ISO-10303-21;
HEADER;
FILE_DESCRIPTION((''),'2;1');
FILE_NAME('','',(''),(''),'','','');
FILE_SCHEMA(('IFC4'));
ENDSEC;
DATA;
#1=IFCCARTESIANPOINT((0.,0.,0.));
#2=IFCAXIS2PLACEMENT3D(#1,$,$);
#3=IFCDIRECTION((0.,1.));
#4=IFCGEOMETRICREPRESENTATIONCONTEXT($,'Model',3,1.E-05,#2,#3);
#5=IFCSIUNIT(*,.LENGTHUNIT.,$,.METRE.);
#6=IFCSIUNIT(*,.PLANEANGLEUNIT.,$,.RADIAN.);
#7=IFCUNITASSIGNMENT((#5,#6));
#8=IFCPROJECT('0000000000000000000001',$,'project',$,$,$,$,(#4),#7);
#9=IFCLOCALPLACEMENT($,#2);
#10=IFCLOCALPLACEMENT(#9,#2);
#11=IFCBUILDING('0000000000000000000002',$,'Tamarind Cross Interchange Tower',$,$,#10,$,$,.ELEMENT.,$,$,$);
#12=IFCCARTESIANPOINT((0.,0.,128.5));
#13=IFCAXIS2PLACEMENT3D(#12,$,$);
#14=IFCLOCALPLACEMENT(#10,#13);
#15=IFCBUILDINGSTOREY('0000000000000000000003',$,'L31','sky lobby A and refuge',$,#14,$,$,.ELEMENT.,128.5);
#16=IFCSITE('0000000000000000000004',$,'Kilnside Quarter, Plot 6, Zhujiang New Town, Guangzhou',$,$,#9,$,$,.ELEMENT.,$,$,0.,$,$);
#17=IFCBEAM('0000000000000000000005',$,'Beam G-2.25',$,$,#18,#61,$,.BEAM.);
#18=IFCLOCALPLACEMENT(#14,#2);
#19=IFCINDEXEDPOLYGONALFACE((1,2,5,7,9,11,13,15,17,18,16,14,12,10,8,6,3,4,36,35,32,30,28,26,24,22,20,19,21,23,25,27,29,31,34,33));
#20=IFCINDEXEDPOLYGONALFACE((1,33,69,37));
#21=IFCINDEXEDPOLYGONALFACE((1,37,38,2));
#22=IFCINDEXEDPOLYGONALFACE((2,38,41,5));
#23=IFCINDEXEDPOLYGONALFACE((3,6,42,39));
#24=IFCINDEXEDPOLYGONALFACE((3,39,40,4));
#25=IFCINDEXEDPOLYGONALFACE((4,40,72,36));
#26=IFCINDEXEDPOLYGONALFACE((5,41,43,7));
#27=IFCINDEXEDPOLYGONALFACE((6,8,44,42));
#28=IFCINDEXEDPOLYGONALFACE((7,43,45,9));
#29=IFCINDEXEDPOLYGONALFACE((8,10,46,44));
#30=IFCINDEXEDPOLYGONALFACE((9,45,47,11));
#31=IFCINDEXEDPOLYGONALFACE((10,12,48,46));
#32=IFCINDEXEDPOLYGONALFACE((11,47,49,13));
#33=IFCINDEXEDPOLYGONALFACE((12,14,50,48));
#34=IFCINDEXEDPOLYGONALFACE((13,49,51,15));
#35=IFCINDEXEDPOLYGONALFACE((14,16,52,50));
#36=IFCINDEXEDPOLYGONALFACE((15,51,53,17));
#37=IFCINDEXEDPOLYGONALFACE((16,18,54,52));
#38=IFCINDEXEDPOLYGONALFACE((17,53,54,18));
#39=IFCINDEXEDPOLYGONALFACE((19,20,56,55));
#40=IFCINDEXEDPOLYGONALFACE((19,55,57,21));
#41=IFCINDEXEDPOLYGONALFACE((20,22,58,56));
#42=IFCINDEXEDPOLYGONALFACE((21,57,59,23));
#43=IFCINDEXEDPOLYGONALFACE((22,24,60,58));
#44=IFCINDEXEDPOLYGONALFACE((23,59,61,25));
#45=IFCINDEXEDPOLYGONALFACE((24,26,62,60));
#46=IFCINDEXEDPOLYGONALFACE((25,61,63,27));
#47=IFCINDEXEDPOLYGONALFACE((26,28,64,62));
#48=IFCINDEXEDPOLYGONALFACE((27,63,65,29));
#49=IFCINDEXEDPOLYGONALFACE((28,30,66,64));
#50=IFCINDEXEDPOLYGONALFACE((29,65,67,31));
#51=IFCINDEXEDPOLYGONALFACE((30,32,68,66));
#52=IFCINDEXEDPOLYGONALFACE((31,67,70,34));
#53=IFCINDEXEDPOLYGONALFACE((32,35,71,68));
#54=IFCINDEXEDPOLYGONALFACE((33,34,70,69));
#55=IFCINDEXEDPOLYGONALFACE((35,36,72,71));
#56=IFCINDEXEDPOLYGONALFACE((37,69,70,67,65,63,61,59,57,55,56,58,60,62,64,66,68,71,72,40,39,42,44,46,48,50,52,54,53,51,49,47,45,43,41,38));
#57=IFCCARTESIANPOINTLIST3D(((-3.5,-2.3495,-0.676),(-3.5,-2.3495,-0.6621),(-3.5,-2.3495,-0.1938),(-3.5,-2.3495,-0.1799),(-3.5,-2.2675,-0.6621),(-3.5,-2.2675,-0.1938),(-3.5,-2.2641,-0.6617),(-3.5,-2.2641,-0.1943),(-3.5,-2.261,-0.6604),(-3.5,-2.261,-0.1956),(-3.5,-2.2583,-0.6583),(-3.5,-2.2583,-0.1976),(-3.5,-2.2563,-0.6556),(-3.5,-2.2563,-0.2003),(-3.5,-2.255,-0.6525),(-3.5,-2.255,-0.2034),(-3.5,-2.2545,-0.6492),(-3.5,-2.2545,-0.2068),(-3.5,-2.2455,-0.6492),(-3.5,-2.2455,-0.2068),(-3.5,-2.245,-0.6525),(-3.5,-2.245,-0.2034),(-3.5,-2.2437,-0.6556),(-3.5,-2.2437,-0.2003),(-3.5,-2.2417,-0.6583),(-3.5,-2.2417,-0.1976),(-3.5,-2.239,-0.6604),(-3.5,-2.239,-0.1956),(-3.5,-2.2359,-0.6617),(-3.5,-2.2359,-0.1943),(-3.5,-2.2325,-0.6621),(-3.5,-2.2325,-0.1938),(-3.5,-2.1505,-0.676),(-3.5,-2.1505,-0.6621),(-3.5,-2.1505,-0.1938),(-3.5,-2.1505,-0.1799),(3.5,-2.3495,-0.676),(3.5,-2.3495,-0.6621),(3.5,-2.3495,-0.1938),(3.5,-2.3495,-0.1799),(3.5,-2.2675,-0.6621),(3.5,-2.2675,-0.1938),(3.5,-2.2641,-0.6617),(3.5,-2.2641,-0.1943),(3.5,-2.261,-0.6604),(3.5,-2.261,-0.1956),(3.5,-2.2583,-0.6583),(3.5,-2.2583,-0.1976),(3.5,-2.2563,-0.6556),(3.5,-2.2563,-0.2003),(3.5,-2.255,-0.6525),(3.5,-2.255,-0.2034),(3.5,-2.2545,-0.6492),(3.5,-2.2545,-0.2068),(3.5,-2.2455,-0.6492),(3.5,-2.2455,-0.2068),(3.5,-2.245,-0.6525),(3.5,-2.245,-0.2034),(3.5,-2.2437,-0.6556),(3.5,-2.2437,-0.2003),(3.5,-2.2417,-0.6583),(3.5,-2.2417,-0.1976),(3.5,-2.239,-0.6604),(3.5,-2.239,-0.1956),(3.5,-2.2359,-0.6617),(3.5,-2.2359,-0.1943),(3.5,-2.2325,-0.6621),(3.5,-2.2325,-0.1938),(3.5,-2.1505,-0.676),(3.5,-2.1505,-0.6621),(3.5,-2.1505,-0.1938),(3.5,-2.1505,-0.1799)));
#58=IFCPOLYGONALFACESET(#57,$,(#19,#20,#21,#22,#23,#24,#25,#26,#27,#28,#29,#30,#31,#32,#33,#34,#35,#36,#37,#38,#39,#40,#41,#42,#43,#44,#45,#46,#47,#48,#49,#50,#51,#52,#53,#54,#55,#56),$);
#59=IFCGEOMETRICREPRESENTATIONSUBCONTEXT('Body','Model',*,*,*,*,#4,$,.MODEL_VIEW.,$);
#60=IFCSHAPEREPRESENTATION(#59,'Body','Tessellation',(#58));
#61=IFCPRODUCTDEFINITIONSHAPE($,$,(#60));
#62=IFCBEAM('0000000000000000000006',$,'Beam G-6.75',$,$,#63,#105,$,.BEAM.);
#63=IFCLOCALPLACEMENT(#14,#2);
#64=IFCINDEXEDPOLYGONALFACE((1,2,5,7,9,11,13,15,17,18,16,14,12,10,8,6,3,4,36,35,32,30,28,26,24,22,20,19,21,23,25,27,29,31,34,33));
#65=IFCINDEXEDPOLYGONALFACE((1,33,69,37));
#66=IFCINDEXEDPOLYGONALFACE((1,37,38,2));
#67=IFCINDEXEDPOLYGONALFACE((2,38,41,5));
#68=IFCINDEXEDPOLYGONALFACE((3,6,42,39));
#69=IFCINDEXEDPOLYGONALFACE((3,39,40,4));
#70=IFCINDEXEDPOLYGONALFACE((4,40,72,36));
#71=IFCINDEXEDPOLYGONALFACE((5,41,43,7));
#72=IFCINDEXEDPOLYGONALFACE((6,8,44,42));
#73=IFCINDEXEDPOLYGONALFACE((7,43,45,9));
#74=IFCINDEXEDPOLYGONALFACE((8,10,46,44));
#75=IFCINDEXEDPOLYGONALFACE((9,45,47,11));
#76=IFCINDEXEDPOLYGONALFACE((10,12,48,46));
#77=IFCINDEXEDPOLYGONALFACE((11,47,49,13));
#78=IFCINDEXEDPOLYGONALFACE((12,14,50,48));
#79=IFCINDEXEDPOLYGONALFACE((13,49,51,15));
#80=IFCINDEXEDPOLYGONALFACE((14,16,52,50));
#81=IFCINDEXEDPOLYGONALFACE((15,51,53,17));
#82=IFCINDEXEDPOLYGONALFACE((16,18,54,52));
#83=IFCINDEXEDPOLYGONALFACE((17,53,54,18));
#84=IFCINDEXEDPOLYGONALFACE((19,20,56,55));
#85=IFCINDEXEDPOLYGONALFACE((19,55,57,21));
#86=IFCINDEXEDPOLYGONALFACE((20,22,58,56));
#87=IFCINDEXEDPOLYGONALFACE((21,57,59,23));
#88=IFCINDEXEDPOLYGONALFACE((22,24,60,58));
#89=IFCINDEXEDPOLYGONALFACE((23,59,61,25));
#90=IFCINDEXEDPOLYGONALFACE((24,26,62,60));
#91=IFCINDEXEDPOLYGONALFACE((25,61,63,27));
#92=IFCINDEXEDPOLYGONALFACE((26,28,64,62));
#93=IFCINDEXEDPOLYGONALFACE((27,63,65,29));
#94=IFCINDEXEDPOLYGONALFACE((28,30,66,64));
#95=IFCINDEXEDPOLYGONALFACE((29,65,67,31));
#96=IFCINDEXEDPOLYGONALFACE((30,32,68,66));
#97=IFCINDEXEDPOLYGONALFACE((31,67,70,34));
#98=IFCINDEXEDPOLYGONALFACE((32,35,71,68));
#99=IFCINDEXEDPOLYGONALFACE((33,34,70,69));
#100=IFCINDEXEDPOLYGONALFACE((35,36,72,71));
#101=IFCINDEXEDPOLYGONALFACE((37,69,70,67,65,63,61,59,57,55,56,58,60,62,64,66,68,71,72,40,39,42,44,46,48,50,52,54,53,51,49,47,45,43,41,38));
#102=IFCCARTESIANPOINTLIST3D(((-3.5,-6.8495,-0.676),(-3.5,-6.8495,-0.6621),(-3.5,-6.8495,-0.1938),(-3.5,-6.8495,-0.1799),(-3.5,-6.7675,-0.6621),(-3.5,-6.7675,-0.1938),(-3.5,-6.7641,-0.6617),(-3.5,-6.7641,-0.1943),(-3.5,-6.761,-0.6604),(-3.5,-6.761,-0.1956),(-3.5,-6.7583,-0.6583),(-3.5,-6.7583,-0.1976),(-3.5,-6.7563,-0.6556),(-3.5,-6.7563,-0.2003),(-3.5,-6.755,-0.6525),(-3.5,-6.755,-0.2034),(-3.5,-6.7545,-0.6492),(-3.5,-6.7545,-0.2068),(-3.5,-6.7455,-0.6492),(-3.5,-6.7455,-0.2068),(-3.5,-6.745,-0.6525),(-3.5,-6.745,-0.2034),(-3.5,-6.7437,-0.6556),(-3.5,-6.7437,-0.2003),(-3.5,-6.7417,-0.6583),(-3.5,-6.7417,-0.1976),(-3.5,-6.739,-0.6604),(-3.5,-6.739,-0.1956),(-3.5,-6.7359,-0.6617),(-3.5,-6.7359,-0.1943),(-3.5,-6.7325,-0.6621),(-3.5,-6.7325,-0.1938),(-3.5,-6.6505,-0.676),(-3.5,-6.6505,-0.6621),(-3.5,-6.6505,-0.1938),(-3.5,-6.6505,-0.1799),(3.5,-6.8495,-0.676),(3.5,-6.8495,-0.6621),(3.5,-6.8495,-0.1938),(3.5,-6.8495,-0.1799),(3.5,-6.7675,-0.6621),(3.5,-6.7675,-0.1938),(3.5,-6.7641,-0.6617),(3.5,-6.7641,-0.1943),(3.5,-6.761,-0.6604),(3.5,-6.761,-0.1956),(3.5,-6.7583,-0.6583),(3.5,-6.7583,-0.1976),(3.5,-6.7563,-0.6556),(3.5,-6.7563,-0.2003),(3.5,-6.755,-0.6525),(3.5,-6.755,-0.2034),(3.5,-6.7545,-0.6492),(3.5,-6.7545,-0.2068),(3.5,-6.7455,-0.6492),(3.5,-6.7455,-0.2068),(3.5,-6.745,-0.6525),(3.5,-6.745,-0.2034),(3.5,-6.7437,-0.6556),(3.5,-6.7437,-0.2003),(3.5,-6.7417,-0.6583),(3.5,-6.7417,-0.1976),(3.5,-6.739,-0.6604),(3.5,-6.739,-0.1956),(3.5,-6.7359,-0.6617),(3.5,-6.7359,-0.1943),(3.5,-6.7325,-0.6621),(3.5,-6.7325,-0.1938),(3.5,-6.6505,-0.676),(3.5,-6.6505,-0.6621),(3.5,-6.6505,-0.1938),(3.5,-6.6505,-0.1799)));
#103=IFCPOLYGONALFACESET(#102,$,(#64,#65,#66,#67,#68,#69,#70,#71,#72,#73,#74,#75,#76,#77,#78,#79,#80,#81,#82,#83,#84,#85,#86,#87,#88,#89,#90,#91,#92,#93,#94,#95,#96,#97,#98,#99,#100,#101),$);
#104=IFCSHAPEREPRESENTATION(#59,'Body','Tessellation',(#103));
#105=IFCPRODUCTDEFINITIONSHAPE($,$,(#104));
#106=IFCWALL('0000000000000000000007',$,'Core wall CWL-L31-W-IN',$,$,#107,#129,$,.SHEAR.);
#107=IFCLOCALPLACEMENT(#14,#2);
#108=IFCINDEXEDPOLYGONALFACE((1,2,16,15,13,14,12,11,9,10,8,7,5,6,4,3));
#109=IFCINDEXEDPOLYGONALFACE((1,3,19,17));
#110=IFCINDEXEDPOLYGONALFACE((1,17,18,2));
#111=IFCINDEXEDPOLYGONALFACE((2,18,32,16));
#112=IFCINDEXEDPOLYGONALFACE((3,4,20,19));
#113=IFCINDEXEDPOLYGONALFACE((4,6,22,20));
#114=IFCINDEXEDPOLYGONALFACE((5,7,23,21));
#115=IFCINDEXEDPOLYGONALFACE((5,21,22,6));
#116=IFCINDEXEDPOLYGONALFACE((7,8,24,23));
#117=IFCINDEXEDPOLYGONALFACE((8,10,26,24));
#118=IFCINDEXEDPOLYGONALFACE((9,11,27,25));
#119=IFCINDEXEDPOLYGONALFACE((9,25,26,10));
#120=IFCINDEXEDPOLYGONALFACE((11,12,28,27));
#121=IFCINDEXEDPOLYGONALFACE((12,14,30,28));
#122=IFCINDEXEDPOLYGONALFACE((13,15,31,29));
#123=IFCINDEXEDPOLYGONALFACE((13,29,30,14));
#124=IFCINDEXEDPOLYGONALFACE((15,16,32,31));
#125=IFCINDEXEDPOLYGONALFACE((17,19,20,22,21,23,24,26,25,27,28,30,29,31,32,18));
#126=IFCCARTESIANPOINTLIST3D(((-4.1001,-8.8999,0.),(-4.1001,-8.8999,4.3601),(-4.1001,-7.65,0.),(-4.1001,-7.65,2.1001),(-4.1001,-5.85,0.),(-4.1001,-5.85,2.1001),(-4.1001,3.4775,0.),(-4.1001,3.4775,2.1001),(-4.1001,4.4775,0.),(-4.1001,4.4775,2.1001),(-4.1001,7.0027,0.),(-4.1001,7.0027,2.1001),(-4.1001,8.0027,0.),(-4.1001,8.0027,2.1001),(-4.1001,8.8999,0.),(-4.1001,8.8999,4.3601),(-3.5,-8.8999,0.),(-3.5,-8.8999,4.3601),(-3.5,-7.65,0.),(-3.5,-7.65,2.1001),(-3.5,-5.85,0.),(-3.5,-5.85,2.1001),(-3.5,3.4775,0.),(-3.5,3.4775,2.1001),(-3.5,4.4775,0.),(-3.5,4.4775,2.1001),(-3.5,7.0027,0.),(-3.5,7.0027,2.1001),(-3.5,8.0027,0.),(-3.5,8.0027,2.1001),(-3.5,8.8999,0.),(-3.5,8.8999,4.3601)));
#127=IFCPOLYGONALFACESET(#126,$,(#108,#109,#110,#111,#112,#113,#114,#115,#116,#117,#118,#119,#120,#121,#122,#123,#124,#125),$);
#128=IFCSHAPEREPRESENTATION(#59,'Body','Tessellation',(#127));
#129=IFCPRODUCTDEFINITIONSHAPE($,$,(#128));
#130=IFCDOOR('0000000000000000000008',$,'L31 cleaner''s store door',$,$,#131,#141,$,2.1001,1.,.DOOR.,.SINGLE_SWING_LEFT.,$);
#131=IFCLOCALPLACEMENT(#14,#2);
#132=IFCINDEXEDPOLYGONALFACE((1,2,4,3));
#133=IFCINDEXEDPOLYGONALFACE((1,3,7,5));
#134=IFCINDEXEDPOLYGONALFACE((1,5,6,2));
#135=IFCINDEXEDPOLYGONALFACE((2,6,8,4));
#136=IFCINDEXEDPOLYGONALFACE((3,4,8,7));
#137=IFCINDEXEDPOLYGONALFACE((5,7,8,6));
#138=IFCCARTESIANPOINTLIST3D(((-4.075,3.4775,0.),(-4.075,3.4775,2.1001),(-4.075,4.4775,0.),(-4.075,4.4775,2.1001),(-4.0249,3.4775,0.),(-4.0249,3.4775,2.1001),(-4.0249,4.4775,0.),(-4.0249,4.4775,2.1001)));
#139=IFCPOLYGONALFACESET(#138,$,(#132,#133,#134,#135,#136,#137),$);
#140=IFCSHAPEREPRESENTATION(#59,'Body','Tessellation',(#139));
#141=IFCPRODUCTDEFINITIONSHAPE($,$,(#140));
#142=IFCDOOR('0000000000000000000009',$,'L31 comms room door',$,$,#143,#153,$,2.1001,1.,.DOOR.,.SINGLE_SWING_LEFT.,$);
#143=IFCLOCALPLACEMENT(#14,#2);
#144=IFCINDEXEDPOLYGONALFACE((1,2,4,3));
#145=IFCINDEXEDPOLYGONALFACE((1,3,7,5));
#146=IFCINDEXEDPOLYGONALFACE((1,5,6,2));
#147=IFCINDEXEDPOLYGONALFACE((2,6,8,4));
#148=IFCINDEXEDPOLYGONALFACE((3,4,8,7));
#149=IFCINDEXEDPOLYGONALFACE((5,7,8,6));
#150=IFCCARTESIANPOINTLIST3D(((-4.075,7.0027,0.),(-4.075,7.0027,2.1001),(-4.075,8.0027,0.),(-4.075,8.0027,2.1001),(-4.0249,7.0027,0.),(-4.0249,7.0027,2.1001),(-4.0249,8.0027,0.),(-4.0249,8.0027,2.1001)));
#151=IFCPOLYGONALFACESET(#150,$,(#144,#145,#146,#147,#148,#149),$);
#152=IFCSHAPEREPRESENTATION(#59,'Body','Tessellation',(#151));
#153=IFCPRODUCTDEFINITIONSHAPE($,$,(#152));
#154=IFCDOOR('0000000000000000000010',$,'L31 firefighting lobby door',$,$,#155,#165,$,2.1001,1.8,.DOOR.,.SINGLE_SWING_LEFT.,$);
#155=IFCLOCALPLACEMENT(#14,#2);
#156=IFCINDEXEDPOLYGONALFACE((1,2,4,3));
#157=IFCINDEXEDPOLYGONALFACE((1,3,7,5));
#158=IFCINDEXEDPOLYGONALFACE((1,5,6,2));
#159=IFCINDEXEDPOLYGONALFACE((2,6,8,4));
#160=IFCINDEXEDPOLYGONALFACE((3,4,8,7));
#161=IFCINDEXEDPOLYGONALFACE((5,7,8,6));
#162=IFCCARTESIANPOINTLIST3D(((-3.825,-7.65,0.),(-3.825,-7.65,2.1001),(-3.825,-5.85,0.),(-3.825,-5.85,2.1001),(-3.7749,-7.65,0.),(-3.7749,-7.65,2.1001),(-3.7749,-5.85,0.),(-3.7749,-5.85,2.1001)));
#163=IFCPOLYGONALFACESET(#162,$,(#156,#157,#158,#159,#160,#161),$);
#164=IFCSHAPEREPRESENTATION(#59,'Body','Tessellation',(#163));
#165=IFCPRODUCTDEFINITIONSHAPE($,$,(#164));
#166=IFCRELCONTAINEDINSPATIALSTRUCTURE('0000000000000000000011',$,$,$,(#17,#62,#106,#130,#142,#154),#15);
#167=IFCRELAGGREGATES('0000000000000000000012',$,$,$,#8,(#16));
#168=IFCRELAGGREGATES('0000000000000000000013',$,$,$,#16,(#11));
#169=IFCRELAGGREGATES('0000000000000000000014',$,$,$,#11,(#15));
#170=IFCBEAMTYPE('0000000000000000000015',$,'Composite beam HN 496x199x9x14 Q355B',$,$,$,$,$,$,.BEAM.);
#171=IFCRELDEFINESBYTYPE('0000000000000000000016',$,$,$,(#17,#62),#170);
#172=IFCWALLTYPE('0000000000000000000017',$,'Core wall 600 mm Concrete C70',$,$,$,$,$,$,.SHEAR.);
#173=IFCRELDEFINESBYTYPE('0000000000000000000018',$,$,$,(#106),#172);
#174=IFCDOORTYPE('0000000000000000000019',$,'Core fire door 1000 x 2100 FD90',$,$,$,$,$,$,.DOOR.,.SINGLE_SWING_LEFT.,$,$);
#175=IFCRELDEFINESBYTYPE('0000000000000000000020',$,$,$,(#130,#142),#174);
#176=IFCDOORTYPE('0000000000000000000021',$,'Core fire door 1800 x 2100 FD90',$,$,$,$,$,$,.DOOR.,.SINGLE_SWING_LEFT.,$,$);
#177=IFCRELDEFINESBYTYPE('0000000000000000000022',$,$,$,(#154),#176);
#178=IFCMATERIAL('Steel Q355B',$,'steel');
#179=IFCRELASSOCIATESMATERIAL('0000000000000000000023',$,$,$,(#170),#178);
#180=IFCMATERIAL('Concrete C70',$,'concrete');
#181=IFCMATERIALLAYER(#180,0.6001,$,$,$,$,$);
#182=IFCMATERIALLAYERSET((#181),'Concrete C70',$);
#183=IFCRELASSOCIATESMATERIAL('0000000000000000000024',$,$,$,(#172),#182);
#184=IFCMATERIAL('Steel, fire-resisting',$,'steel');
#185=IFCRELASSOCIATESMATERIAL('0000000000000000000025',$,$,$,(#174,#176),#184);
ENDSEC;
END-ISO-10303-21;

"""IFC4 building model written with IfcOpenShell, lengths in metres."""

from ifc_helpers import new_model, si_unit, direction, frame, frame_2d, origin, origin_2d, place, context, subcontext, project, spatial, rectangle, i_section, extrude, material, layer, layer_set, material_profile, profile_set, type_object, element, fill, save


model = new_model("IFC4")

# Units and contexts
model_context = context("Model", 3, precision=1e-05, world=origin(), true_north=direction((0.0, 1.0)))
body_context = subcontext(model_context, "Body", "Model", "MODEL_VIEW")
ifc_project = project(units=[si_unit("LENGTHUNIT", "METRE"), si_unit("PLANEANGLEUNIT", "RADIAN")], contexts=[model_context])

# Site, building, storey
site_placement = place(None, origin())
site = spatial("IfcSite", under=ifc_project, at=site_placement, Name="Kilnside Quarter, Plot 6, Zhujiang New Town, Guangzhou", CompositionType="ELEMENT", RefElevation=0.0)
building_placement = place(site_placement, origin())
building = spatial("IfcBuilding", under=site, at=building_placement, Name="Tamarind Cross Interchange Tower", CompositionType="ELEMENT")
storey_placement = place(building_placement, frame((0.0, 0.0, 128.5)))
storey = spatial("IfcBuildingStorey", under=building, at=storey_placement, Name="L31", Description="sky lobby A and refuge", CompositionType="ELEMENT", Elevation=128.5)

# Beams
ifc_material_1 = material(Name="Steel Q355B", Category="steel")
ifc_material_profile = material_profile(ifc_material_1, i_section(OverallWidth=0.199, OverallDepth=0.4961, WebThickness=0.009, FlangeThickness=0.0139, FilletRadius=0.0129, at=origin_2d()), Name="HN 496x199x9x14")
ifc_profile_set = profile_set([ifc_material_profile], Name="Steel Q355B")
beam_type = type_object("IfcBeamType", Name="Composite beam HN 496x199x9x14 Q355B", PredefinedType="BEAM", material=ifc_profile_set)
for number, where, z_axis, x_axis, name in (
    (1, (-3.5, -2.25, -0.428), (1.0, 0.0, 0.0), (0.0, 1.0, 0.0), "Beam G-2.25"),
    (2, (-3.5, -6.75, -0.428), (1.0, 0.0, 0.0), (0.0, 1.0, 0.0), "Beam G-6.75"),
):
    element("IfcBeam", number, at=place(storey_placement, frame(where, z_axis=z_axis, x_axis=x_axis)), inside=storey, type_object=beam_type, Name=name, PredefinedType="BEAM", context=body_context, shape_type="SweptSolid", body=[
        extrude(i_section(OverallWidth=0.199, OverallDepth=0.4961, WebThickness=0.009, FlangeThickness=0.0139, FilletRadius=0.0129, at=origin_2d()), origin(), (0.0, 0.0, 1.0), 7.0),
    ])

# Wall, openings, doors
ifc_material_2 = material(Name="Concrete C70", Category="concrete")
ifc_layer_1 = layer(ifc_material_2, 0.6001)
ifc_layer_set_1 = layer_set([ifc_layer_1], Name="Concrete C70")
wall_type_1 = type_object("IfcWallType", Name="Core wall 600 mm Concrete C70", PredefinedType="SHEAR", material=ifc_layer_set_1)
wall_1_placement = place(storey_placement, frame((-3.8, -8.8999, 0.0), z_axis=(0.0, 0.0, 1.0), x_axis=(0.0, 1.0, 0.0)))
wall_1 = element("IfcWall", 3, at=wall_1_placement, inside=storey, type_object=wall_type_1, Name="Core wall CWL-L31-W-IN", PredefinedType="SHEAR", context=body_context, shape_type="SweptSolid", body=[
    extrude(rectangle(XDim=17.7998, YDim=0.6001, at=frame_2d((8.8999, 0.0))), origin(), (0.0, 0.0, 1.0), 4.3601),
])
opening_1_placement = place(wall_1_placement, frame((1.25, 0.0, 0.0)))
opening_1 = element("IfcOpeningElement", 4, at=opening_1_placement, cuts=wall_1, PredefinedType="OPENING", context=body_context, shape_type="SweptSolid", body=[
    extrude(rectangle(XDim=1.8, YDim=2.1001, at=frame_2d((0.8999, 1.05))), frame((0.0, 0.3101, 0.0), z_axis=(0.0, -1.0, 0.0), x_axis=(1.0, 0.0, 0.0)), (0.0, 0.0, 1.0), 0.6201),
])
opening_2_placement = place(wall_1_placement, frame((12.3774, 0.0, 0.0)))
opening_2 = element("IfcOpeningElement", 5, at=opening_2_placement, cuts=wall_1, PredefinedType="OPENING", context=body_context, shape_type="SweptSolid", body=[
    extrude(rectangle(XDim=1.0, YDim=2.1001, at=frame_2d((0.5, 1.05))), frame((0.0, 0.3101, 0.0), z_axis=(0.0, -1.0, 0.0), x_axis=(1.0, 0.0, 0.0)), (0.0, 0.0, 1.0), 0.6201),
])
opening_3_placement = place(wall_1_placement, frame((15.9026, 0.0, 0.0)))
opening_3 = element("IfcOpeningElement", 6, at=opening_3_placement, cuts=wall_1, PredefinedType="OPENING", context=body_context, shape_type="SweptSolid", body=[
    extrude(rectangle(XDim=1.0, YDim=2.1001, at=frame_2d((0.5, 1.05))), frame((0.0, 0.3101, 0.0), z_axis=(0.0, -1.0, 0.0), x_axis=(1.0, 0.0, 0.0)), (0.0, 0.0, 1.0), 0.6201),
])
ifc_material_3 = material(Name="Steel, fire-resisting", Category="steel")
door_type_1 = type_object("IfcDoorType", Name="Core fire door 1000 x 2100 FD90", OperationType="SINGLE_SWING_LEFT", PredefinedType="DOOR", material=ifc_material_3)
door_1_placement = place(opening_2_placement, origin())
door_1 = element("IfcDoor", 7, at=door_1_placement, inside=storey, type_object=door_type_1, Name="L31 cleaner's store door", OperationType="SINGLE_SWING_LEFT", OverallHeight=2.1001, OverallWidth=1.0, PredefinedType="DOOR", context=body_context, shape_type="SweptSolid", body=[
    extrude(rectangle(XDim=1.0, YDim=2.1001, at=frame_2d((0.5, 1.05))), frame((0.0, 0.2749, 0.0), z_axis=(0.0, -1.0, 0.0), x_axis=(1.0, 0.0, 0.0)), (0.0, 0.0, 1.0), 0.05),
])
fill(opening_2, door_1)
door_2_placement = place(opening_3_placement, origin())
door_2 = element("IfcDoor", 8, at=door_2_placement, inside=storey, type_object=door_type_1, Name="L31 comms room door", OperationType="SINGLE_SWING_LEFT", OverallHeight=2.1001, OverallWidth=1.0, PredefinedType="DOOR", context=body_context, shape_type="SweptSolid", body=[
    extrude(rectangle(XDim=1.0, YDim=2.1001, at=frame_2d((0.5, 1.05))), frame((0.0, 0.2749, 0.0), z_axis=(0.0, -1.0, 0.0), x_axis=(1.0, 0.0, 0.0)), (0.0, 0.0, 1.0), 0.05),
])
fill(opening_3, door_2)
door_type_2 = type_object("IfcDoorType", Name="Core fire door 1800 x 2100 FD90", OperationType="SINGLE_SWING_LEFT", PredefinedType="DOOR", material=ifc_material_3)
door_3_placement = place(opening_1_placement, origin())
door_3 = element("IfcDoor", 9, at=door_3_placement, inside=storey, type_object=door_type_2, Name="L31 firefighting lobby door", OperationType="SINGLE_SWING_LEFT", OverallHeight=2.1001, OverallWidth=1.8, PredefinedType="DOOR", context=body_context, shape_type="SweptSolid", body=[
    extrude(rectangle(XDim=1.8, YDim=2.1001, at=frame_2d((0.8999, 1.05))), frame((0.0, 0.0249, 0.0), z_axis=(0.0, -1.0, 0.0), x_axis=(1.0, 0.0, 0.0)), (0.0, 0.0, 1.0), 0.05),
])
fill(opening_1, door_3)

save(model, "model.ifc")
